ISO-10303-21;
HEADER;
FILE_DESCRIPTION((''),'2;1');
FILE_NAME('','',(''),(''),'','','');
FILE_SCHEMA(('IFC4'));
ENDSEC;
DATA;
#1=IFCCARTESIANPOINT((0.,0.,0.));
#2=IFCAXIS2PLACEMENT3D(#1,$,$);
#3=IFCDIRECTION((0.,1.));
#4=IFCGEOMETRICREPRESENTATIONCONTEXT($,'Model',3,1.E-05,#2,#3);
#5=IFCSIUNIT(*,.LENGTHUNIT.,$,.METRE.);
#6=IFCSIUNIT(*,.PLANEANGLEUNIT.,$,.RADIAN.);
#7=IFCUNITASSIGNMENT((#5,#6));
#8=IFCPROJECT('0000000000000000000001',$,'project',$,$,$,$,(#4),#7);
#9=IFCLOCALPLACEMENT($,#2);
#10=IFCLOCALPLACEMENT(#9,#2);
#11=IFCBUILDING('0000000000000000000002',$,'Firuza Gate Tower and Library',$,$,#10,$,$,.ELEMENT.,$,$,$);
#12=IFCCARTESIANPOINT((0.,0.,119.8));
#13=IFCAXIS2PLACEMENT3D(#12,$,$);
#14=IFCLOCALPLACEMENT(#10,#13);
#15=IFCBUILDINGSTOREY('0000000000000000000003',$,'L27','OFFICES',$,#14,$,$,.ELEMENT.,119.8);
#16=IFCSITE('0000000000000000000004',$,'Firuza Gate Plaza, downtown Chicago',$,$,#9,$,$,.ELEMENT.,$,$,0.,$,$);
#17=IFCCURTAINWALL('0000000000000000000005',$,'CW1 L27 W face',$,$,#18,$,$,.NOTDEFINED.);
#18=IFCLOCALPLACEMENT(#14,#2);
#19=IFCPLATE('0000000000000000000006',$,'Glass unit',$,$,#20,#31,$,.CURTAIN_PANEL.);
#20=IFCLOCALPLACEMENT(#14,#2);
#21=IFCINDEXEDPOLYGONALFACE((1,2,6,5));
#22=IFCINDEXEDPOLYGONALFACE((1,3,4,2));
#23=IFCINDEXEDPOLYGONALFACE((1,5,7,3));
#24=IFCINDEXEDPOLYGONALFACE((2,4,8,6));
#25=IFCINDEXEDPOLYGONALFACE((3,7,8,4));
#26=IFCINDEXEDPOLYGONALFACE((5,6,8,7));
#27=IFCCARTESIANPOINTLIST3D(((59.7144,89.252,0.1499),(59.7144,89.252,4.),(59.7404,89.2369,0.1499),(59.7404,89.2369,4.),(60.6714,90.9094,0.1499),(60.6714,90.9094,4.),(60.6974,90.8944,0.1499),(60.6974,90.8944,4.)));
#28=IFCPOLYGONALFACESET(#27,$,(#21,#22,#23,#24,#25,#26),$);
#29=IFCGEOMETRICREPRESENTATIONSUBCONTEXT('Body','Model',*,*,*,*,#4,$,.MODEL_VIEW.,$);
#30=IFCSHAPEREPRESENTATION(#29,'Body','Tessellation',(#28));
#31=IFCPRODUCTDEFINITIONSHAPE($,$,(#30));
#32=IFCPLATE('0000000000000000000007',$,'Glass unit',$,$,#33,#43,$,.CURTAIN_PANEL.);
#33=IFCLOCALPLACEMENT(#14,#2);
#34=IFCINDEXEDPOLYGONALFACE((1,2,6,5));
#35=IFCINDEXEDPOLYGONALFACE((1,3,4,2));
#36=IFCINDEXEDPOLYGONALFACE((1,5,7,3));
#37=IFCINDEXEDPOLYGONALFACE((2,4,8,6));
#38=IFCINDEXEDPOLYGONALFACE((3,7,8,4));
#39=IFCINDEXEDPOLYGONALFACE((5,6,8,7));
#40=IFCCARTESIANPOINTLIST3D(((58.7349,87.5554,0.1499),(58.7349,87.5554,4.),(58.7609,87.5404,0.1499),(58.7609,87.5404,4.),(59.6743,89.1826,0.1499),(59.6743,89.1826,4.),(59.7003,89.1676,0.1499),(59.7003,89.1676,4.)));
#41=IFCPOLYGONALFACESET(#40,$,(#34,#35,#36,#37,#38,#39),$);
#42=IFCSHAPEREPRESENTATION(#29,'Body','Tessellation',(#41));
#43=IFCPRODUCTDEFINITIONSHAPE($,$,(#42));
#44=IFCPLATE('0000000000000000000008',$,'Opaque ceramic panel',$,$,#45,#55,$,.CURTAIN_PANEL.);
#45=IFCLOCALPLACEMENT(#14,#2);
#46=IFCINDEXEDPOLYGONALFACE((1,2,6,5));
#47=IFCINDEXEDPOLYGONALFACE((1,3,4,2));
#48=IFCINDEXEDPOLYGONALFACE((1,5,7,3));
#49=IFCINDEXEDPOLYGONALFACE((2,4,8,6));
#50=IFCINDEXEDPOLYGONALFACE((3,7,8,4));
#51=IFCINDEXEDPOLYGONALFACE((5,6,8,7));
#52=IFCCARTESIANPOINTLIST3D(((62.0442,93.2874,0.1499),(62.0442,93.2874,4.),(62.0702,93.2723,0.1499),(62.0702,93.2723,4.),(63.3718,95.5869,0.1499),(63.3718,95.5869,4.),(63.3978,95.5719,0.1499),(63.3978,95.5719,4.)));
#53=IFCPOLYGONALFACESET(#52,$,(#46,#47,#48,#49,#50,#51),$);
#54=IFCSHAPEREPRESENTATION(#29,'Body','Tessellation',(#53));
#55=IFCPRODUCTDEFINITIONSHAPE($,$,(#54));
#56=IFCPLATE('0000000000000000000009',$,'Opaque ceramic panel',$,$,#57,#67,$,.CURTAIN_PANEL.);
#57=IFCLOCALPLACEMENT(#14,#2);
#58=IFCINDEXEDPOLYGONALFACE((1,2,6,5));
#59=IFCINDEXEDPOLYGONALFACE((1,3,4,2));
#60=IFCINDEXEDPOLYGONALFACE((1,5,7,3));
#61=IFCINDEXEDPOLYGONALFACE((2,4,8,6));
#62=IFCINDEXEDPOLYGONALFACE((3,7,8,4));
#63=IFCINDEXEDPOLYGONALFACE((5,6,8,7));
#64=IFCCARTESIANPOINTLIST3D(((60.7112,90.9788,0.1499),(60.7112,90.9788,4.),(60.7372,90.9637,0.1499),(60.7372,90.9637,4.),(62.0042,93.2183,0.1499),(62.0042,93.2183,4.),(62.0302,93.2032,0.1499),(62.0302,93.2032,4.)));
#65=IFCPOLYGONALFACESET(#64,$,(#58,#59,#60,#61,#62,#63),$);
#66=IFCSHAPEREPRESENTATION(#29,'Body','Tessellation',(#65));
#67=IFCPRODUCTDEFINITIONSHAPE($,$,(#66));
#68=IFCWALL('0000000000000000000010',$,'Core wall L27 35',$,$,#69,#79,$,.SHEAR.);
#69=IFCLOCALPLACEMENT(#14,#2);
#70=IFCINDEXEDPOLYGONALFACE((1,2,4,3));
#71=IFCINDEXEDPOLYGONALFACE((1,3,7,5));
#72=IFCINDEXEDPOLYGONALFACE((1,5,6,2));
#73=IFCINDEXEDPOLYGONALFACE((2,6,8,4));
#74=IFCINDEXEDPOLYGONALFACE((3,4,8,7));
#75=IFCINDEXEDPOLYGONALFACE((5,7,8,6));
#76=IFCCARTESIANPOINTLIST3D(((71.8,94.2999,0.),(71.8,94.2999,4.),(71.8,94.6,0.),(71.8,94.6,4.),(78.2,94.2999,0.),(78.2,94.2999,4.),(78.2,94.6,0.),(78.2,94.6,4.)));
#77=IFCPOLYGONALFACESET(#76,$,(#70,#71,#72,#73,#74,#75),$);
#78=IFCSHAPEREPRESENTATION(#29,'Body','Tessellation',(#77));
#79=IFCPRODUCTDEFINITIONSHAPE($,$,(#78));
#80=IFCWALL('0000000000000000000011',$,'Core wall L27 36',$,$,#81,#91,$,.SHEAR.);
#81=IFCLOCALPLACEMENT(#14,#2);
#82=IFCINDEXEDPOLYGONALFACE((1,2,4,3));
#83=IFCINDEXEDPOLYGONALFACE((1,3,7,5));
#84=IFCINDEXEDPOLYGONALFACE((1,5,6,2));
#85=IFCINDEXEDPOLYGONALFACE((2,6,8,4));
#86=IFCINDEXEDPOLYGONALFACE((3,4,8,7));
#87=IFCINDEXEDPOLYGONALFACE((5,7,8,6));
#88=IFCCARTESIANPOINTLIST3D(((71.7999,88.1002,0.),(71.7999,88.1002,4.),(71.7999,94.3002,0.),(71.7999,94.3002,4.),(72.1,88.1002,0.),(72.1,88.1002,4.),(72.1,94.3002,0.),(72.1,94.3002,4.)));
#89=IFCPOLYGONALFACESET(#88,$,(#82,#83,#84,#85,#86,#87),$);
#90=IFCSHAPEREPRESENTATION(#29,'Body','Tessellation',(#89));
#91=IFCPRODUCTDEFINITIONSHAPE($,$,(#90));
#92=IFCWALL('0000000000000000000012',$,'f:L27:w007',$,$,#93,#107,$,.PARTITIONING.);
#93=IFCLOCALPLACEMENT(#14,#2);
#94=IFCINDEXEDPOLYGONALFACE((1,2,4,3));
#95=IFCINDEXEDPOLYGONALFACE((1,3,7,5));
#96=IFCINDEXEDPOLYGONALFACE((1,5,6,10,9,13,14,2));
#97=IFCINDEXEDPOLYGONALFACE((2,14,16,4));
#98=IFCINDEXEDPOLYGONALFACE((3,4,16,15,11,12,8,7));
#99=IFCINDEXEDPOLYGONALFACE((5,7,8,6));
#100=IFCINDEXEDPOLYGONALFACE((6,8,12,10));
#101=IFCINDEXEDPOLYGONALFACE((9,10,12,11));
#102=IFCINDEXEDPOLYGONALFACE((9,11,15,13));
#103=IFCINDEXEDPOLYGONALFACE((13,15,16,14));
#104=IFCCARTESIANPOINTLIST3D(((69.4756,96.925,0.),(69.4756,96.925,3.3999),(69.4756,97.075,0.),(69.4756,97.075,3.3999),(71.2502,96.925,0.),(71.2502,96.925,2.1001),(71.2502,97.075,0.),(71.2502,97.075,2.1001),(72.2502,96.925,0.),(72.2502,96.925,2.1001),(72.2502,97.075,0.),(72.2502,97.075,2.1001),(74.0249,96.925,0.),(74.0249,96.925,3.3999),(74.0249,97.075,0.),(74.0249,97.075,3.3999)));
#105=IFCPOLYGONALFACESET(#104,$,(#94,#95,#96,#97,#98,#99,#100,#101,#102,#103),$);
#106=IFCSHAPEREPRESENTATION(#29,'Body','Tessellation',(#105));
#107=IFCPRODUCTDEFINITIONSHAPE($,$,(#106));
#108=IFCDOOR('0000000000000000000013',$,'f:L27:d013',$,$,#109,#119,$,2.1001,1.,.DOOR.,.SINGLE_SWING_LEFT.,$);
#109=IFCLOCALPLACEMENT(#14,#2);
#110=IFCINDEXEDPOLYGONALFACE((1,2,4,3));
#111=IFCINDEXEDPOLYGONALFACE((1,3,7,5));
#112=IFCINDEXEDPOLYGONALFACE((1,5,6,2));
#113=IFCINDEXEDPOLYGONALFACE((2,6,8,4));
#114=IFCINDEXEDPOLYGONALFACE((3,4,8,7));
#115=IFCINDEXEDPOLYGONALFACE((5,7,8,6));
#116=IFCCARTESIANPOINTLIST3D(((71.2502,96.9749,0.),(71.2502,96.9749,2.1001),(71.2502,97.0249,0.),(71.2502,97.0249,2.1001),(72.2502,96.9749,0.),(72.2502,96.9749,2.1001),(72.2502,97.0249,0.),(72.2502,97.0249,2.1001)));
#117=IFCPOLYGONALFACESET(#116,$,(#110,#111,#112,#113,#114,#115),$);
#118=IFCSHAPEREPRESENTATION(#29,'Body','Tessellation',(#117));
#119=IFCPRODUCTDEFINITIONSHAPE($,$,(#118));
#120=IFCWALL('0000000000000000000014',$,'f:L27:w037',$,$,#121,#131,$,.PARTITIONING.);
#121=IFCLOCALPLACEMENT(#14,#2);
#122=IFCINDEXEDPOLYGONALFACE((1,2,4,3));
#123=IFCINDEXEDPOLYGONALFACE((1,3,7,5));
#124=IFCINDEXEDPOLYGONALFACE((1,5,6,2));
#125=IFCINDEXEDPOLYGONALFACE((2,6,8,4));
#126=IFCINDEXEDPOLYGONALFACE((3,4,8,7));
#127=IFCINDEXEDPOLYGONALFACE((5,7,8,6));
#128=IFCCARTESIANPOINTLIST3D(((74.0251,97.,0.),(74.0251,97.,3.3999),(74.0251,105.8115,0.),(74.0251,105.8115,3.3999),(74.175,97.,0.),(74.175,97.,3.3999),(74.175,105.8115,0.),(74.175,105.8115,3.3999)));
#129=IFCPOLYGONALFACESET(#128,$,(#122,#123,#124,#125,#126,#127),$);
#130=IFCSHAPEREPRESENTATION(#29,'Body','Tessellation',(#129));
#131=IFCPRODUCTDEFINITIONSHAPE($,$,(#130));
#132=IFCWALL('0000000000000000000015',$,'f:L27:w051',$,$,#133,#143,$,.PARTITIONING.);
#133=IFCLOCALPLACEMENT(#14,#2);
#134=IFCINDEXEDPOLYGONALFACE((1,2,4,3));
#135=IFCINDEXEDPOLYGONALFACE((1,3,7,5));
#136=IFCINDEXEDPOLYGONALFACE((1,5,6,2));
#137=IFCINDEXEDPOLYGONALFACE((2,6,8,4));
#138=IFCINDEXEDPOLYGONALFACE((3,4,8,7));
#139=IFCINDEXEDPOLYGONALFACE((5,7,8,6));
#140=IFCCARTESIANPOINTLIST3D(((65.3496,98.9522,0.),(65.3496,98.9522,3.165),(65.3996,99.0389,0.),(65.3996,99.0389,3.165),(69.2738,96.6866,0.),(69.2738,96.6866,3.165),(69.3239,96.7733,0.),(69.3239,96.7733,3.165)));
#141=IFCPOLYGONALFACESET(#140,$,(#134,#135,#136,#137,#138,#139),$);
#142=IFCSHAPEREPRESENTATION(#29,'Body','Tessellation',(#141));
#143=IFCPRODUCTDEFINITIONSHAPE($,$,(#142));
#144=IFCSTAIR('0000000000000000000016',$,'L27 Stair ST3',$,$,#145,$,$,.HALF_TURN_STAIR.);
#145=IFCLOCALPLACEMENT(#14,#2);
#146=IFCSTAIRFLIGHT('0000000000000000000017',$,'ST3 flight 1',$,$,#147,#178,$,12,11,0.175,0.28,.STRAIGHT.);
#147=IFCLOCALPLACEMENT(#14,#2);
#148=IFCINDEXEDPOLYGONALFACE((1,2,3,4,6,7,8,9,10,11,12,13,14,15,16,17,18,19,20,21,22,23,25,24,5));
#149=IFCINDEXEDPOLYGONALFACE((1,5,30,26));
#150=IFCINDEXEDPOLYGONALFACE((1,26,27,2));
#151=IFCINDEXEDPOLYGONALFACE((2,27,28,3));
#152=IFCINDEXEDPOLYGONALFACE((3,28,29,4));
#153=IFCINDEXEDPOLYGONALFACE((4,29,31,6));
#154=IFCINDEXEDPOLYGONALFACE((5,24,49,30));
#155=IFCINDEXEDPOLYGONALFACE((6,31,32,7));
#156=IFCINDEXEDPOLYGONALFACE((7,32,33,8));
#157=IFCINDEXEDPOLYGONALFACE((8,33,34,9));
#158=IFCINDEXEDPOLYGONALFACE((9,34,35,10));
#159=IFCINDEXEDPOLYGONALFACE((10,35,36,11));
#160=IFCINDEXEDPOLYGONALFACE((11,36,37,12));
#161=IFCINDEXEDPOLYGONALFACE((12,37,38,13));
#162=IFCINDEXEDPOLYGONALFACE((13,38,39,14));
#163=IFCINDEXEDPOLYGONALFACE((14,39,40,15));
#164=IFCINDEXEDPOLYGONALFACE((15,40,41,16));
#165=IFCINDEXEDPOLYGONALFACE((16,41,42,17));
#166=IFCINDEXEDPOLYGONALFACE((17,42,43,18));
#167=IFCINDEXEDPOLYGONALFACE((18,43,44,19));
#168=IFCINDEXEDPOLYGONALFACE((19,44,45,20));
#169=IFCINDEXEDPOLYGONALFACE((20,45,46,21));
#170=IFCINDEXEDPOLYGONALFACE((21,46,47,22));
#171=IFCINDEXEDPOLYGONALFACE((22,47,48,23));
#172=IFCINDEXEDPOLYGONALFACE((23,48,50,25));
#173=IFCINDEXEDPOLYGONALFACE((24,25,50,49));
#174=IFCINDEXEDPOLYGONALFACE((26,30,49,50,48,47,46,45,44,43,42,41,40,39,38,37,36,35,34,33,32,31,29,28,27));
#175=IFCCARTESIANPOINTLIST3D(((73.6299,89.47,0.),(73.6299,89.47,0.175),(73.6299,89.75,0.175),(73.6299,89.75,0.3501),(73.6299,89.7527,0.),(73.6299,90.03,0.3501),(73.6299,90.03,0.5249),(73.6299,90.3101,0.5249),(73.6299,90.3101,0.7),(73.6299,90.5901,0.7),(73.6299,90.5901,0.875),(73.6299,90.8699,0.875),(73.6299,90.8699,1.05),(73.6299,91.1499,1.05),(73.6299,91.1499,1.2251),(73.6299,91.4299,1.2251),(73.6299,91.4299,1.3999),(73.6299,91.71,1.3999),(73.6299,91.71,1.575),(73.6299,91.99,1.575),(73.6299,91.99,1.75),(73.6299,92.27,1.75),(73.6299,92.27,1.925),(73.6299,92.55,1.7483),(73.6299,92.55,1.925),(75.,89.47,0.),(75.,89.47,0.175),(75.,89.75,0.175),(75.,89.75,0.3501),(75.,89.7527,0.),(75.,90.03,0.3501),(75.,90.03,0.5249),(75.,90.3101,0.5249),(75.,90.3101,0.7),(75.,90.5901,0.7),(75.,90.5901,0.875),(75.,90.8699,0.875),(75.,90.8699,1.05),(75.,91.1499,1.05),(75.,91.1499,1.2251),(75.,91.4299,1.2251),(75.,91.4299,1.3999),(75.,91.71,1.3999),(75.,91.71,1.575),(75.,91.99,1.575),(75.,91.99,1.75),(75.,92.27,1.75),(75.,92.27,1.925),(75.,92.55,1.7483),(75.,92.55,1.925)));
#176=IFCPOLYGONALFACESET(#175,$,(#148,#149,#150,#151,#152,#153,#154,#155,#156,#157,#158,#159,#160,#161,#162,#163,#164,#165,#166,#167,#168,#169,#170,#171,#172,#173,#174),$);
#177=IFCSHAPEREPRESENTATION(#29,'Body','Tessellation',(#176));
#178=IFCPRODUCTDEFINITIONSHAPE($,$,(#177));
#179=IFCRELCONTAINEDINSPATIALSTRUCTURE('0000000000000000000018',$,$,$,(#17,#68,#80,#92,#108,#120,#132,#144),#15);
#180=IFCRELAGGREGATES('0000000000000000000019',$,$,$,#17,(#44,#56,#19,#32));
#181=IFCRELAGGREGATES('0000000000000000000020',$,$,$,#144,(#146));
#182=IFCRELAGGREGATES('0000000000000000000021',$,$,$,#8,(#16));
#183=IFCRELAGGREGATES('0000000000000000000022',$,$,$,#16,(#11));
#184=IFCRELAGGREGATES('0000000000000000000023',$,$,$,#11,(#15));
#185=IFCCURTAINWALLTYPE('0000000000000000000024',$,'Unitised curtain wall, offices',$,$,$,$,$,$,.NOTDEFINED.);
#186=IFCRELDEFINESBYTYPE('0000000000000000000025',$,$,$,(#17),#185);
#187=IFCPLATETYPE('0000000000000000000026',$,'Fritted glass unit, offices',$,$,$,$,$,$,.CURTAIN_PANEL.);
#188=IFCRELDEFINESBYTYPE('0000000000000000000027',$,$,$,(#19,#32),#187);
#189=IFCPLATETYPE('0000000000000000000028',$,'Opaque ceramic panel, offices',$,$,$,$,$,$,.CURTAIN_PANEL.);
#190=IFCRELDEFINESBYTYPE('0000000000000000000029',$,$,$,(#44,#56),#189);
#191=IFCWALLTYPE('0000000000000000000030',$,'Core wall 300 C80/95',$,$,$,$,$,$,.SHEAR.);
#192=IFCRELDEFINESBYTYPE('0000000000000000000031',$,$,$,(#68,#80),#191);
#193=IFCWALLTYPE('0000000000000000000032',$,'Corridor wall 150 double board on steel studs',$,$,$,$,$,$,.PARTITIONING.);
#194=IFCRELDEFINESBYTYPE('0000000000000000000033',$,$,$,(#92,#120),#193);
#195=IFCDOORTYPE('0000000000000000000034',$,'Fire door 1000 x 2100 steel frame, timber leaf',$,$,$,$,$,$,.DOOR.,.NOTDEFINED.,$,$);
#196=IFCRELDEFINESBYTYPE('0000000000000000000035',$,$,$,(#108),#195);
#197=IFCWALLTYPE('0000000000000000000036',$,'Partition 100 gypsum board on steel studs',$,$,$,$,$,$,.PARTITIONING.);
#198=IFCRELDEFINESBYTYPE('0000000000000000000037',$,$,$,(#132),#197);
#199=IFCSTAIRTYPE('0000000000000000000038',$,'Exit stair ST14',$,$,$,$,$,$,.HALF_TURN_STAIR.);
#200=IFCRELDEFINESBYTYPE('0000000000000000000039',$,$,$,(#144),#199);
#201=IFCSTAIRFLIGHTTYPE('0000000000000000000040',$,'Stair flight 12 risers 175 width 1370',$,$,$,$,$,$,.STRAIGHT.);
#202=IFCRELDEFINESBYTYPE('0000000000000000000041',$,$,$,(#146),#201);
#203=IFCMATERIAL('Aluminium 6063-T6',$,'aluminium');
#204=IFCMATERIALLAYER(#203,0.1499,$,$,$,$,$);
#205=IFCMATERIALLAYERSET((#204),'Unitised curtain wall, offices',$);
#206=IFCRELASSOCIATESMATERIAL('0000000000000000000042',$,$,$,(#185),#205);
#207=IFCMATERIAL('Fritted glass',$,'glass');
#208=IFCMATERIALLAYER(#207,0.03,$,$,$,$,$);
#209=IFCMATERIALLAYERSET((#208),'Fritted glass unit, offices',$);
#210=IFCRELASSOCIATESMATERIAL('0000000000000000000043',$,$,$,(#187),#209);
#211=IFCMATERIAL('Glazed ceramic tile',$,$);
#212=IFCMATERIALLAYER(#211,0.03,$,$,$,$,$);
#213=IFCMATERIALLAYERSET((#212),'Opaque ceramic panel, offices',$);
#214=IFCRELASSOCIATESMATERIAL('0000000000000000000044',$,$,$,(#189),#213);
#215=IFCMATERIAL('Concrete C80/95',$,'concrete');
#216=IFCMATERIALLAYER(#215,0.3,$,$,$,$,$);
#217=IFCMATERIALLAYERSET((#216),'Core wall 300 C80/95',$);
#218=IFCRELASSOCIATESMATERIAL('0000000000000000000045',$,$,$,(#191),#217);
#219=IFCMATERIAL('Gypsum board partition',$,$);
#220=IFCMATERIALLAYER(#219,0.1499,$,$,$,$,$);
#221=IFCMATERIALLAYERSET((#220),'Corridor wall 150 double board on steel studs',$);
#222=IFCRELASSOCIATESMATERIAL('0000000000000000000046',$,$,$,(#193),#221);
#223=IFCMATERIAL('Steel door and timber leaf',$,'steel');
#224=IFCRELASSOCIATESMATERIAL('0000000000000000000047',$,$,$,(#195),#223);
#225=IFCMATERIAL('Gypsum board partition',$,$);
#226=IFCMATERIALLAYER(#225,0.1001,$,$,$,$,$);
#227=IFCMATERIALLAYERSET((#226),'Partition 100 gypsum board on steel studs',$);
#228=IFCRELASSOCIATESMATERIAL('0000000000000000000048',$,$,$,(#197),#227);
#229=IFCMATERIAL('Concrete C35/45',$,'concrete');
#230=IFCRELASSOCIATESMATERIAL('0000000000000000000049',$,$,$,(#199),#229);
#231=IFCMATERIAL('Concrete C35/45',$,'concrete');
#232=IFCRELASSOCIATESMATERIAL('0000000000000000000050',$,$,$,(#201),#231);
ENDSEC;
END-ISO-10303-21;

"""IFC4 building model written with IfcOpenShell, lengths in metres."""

from ifc_helpers import new_model, si_unit, direction, frame, frame_2d, origin, place, context, subcontext, project, spatial, polyline, rectangle, outline, extrude, material, layer, layer_set, type_object, element, fill, aggregate, save


model = new_model("IFC4")

# Units and contexts
model_context = context("Model", 3, precision=1e-05, world=origin(), true_north=direction((0.0, 1.0)))
body_context = subcontext(model_context, "Body", "Model", "MODEL_VIEW")
ifc_project = project(units=[si_unit("LENGTHUNIT", "METRE"), si_unit("PLANEANGLEUNIT", "RADIAN")], contexts=[model_context])

# Site, building, storey
site_placement = place(None, origin())
site = spatial("IfcSite", under=ifc_project, at=site_placement, Name="Firuza Gate Plaza, downtown Chicago", CompositionType="ELEMENT", RefElevation=0.0)
building_placement = place(site_placement, origin())
building = spatial("IfcBuilding", under=site, at=building_placement, Name="Firuza Gate Tower and Library", CompositionType="ELEMENT")
storey_placement = place(building_placement, frame((0.0, 0.0, 119.8)))
storey = spatial("IfcBuildingStorey", under=building, at=storey_placement, Name="L27", Description="OFFICES", CompositionType="ELEMENT", Elevation=119.8)

# Curtain wall
ifc_material_1 = material(Name="Aluminium 6063-T6", Category="aluminium")
ifc_layer_1 = layer(ifc_material_1, 0.1499)
ifc_layer_set_1 = layer_set([ifc_layer_1], Name="Unitised curtain wall, offices")
curtain_wall_type = type_object("IfcCurtainWallType", Name="Unitised curtain wall, offices", PredefinedType="NOTDEFINED", material=ifc_layer_set_1)
placement = place(storey_placement, origin())
curtain_wall = element("IfcCurtainWall", 1, at=placement, inside=storey, type_object=curtain_wall_type, Name="CW1 L27 W face", PredefinedType="NOTDEFINED")

# Plates
ifc_material_2 = material(Name="Fritted glass", Category="glass")
ifc_layer_2 = layer(ifc_material_2, 0.03)
ifc_layer_set_2 = layer_set([ifc_layer_2], Name="Fritted glass unit, offices")
plate_type_1 = type_object("IfcPlateType", Name="Fritted glass unit, offices", PredefinedType="CURTAIN_PANEL", material=ifc_layer_set_2)
plate_1_placement = place(storey_placement, frame((60.6714, 90.9094, 0.1499), z_axis=(-0.866005, 0.500035, 0.0), x_axis=(-0.500035, -0.866005, 0.0)))
plate_1 = element("IfcPlate", 2, at=plate_1_placement, type_object=plate_type_1, Name="Glass unit", PredefinedType="CURTAIN_PANEL", context=body_context, shape_type="SweptSolid", body=[
    extrude(outline(polyline([(0.0, 0.0), (1.9139, 0.0), (1.9139, 3.8501), (0.0, 3.8501), (0.0, 0.0)])), origin(), (0.0, 0.0, -1.0), 0.03),
])
plate_2_placement = place(storey_placement, frame((59.6743, 89.1826, 0.1499), z_axis=(-0.866028, 0.499996, 0.0), x_axis=(-0.499996, -0.866028, 0.0)))
plate_2 = element("IfcPlate", 3, at=plate_2_placement, type_object=plate_type_1, Name="Glass unit", PredefinedType="CURTAIN_PANEL", context=body_context, shape_type="SweptSolid", body=[
    extrude(outline(polyline([(0.0, 0.0), (1.8789, 0.0), (1.8789, 3.8501), (0.0, 3.8501), (0.0, 0.0)])), origin(), (0.0, 0.0, -1.0), 0.03),
])
ifc_material_3 = material(Name="Glazed ceramic tile")
ifc_layer_3 = layer(ifc_material_3, 0.03)
ifc_layer_set_3 = layer_set([ifc_layer_3], Name="Opaque ceramic panel, offices")
plate_type_2 = type_object("IfcPlateType", Name="Opaque ceramic panel, offices", PredefinedType="CURTAIN_PANEL", material=ifc_layer_set_3)
plate_3_placement = place(storey_placement, frame((63.3718, 95.5869, 0.1499), z_axis=(-0.866028, 0.499996, 0.0), x_axis=(-0.499996, -0.866028, 0.0)))
plate_3 = element("IfcPlate", 4, at=plate_3_placement, type_object=plate_type_2, Name="Opaque ceramic panel", PredefinedType="CURTAIN_PANEL", context=body_context, shape_type="SweptSolid", body=[
    extrude(outline(polyline([(0.0, 0.0), (2.6553, 0.0), (2.6553, 3.8501), (0.0, 3.8501), (0.0, 0.0)])), origin(), (0.0, 0.0, -1.0), 0.03),
])
plate_4_placement = place(storey_placement, frame((62.0042, 93.2183, 0.1499), z_axis=(-0.866027, 0.499998, 0.0), x_axis=(-0.499998, -0.866027, 0.0)))
plate_4 = element("IfcPlate", 5, at=plate_4_placement, type_object=plate_type_2, Name="Opaque ceramic panel", PredefinedType="CURTAIN_PANEL", context=body_context, shape_type="SweptSolid", body=[
    extrude(outline(polyline([(0.0, 0.0), (2.5859, 0.0), (2.5859, 3.8501), (0.0, 3.8501), (0.0, 0.0)])), origin(), (0.0, 0.0, -1.0), 0.03),
])
aggregate(curtain_wall, [plate_3, plate_4, plate_1, plate_2])

# Walls
ifc_material_4 = material(Name="Concrete C80/95", Category="concrete")
ifc_layer_4 = layer(ifc_material_4, 0.3)
ifc_layer_set_4 = layer_set([ifc_layer_4], Name="Core wall 300 C80/95")
wall_type_1 = type_object("IfcWallType", Name="Core wall 300 C80/95", PredefinedType="SHEAR", material=ifc_layer_set_4)
wall_1_placement = place(storey_placement, frame((71.8, 94.45, 0.0), z_axis=(0.0, 0.0, 1.0), x_axis=(1.0, 0.0, 0.0)))
element("IfcWall", 6, at=wall_1_placement, inside=storey, type_object=wall_type_1, Name="Core wall L27 35", PredefinedType="SHEAR", context=body_context, shape_type="SweptSolid", body=[
    extrude(rectangle(XDim=6.3999, YDim=0.3, at=frame_2d((3.2, 0.0))), origin(), (0.0, 0.0, 1.0), 4.0),
])
wall_2_placement = place(storey_placement, frame((71.95, 88.1001, 0.0), z_axis=(0.0, 0.0, 1.0), x_axis=(0.0, 1.0, 0.0)))
element("IfcWall", 7, at=wall_2_placement, inside=storey, type_object=wall_type_1, Name="Core wall L27 36", PredefinedType="SHEAR", context=body_context, shape_type="SweptSolid", body=[
    extrude(rectangle(XDim=6.2, YDim=0.3, at=frame_2d((3.1001, 0.0))), origin(), (0.0, 0.0, 1.0), 4.0),
])

# Wall, opening, door
ifc_material_5 = material(Name="Gypsum board partition")
ifc_layer_5 = layer(ifc_material_5, 0.1499)
ifc_layer_set_5 = layer_set([ifc_layer_5], Name="Corridor wall 150 double board on steel studs")
wall_type_2 = type_object("IfcWallType", Name="Corridor wall 150 double board on steel studs", PredefinedType="PARTITIONING", material=ifc_layer_set_5)
wall_3_placement = place(storey_placement, frame((69.4756, 97.0, 0.0), z_axis=(0.0, 0.0, 1.0), x_axis=(1.0, 0.0, 0.0)))
wall_3 = element("IfcWall", 8, at=wall_3_placement, inside=storey, type_object=wall_type_2, Name="f:L27:w007", PredefinedType="PARTITIONING", context=body_context, shape_type="SweptSolid", body=[
    extrude(rectangle(XDim=4.5493, YDim=0.1499, at=frame_2d((2.2747, 0.0))), origin(), (0.0, 0.0, 1.0), 3.3999),
])
opening_placement = place(wall_3_placement, frame((1.7747, 0.0, 0.0)))
opening = element("IfcOpeningElement", 9, at=opening_placement, cuts=wall_3, PredefinedType="OPENING", context=body_context, shape_type="SweptSolid", body=[
    extrude(rectangle(XDim=1.0, YDim=2.1001, at=frame_2d((0.5, 1.05))), frame((0.0, 0.085, 0.0), z_axis=(0.0, -1.0, 0.0), x_axis=(1.0, 0.0, 0.0)), (0.0, 0.0, 1.0), 0.1699),
])
ifc_material_6 = material(Name="Steel door and timber leaf", Category="steel")
door_type = type_object("IfcDoorType", Name="Fire door 1000 x 2100 steel frame, timber leaf", OperationType="NOTDEFINED", PredefinedType="DOOR", material=ifc_material_6)
door_placement = place(opening_placement, origin())
door = element("IfcDoor", 10, at=door_placement, inside=storey, type_object=door_type, Name="f:L27:d013", OperationType="SINGLE_SWING_LEFT", OverallHeight=2.1001, OverallWidth=1.0, PredefinedType="DOOR", context=body_context, shape_type="SweptSolid", body=[
    extrude(rectangle(XDim=1.0, YDim=2.1001, at=frame_2d((0.5, 1.05))), frame((0.0, 0.0249, 0.0), z_axis=(0.0, -1.0, 0.0), x_axis=(1.0, 0.0, 0.0)), (0.0, 0.0, 1.0), 0.05),
])
fill(opening, door)

# Walls
wall_4_placement = place(storey_placement, frame((74.1001, 97.0, 0.0), z_axis=(0.0, 0.0, 1.0), x_axis=(0.0, 1.0, 0.0)))
element("IfcWall", 11, at=wall_4_placement, inside=storey, type_object=wall_type_2, Name="f:L27:w037", PredefinedType="PARTITIONING", context=body_context, shape_type="SweptSolid", body=[
    extrude(rectangle(XDim=8.8115, YDim=0.1499, at=frame_2d((4.4058, 0.0))), origin(), (0.0, 0.0, 1.0), 3.3999),
])
ifc_material_7 = material(Name="Gypsum board partition")
ifc_layer_6 = layer(ifc_material_7, 0.1001)
ifc_layer_set_6 = layer_set([ifc_layer_6], Name="Partition 100 gypsum board on steel studs")
wall_type_3 = type_object("IfcWallType", Name="Partition 100 gypsum board on steel studs", PredefinedType="PARTITIONING", material=ifc_layer_set_6)
wall_5_placement = place(storey_placement, frame((69.2988, 96.73, 0.0), z_axis=(0.0, 0.0, 1.0), x_axis=(-0.866033, 0.499987, 0.0)))
element("IfcWall", 12, at=wall_5_placement, inside=storey, type_object=wall_type_3, Name="f:L27:w051", PredefinedType="PARTITIONING", context=body_context, shape_type="SweptSolid", body=[
    extrude(rectangle(XDim=4.5312, YDim=0.1001, at=frame_2d((2.2656, 0.0))), origin(), (0.0, 0.0, 1.0), 3.165),
])

# Stair, stair flight
ifc_material_8 = material(Name="Concrete C35/45", Category="concrete")
stair_type = type_object("IfcStairType", Name="Exit stair ST14", PredefinedType="HALF_TURN_STAIR", material=ifc_material_8)
stair = element("IfcStair", 13, at=placement, inside=storey, type_object=stair_type, Name="L27 Stair ST3", PredefinedType="HALF_TURN_STAIR")
ifc_material_9 = material(Name="Concrete C35/45", Category="concrete")
stair_flight_type = type_object("IfcStairFlightType", Name="Stair flight 12 risers 175 width 1370", PredefinedType="STRAIGHT", material=ifc_material_9)
stair_flight_1_placement = place(storey_placement, frame((74.3149, 89.47, 0.0), z_axis=(0.0, 0.0, 1.0), x_axis=(0.0, 1.0, 0.0)))
stair_flight_1 = element("IfcStairFlight", 14, at=stair_flight_1_placement, type_object=stair_flight_type, Name="ST3 flight 1", NumberOfRisers=12, NumberOfTreads=11, PredefinedType="STRAIGHT", RiserHeight=0.175, TreadLength=0.28, context=body_context, shape_type="SweptSolid", body=[
    extrude(outline(polyline([(0.0, 0.0), (0.0, 0.175), (0.28, 0.175), (0.28, 0.3501), (0.5601, 0.3501), (0.5601, 0.5249), (0.8401, 0.5249), (0.8401, 0.7), (1.1201, 0.7), (1.1201, 0.875), (1.3999, 0.875), (1.3999, 1.05), (1.6799, 1.05), (1.6799, 1.2251), (1.96, 1.2251), (1.96, 1.3999), (2.24, 1.3999), (2.24, 1.575), (2.52, 1.575), (2.52, 1.75), (2.8, 1.75), (2.8, 1.925), (3.0801, 1.925), (3.0801, 2.1001), (3.0801, 1.7483), (0.2827, 0.0), (0.0, 0.0)])), frame((0.0, 0.6851, 0.0), z_axis=(0.0, -1.0, 0.0), x_axis=(1.0, 0.0, 0.0)), (0.0, 0.0, 1.0), 1.3701),
])
aggregate(stair, [stair_flight_1])

save(model, "model.ifc")
